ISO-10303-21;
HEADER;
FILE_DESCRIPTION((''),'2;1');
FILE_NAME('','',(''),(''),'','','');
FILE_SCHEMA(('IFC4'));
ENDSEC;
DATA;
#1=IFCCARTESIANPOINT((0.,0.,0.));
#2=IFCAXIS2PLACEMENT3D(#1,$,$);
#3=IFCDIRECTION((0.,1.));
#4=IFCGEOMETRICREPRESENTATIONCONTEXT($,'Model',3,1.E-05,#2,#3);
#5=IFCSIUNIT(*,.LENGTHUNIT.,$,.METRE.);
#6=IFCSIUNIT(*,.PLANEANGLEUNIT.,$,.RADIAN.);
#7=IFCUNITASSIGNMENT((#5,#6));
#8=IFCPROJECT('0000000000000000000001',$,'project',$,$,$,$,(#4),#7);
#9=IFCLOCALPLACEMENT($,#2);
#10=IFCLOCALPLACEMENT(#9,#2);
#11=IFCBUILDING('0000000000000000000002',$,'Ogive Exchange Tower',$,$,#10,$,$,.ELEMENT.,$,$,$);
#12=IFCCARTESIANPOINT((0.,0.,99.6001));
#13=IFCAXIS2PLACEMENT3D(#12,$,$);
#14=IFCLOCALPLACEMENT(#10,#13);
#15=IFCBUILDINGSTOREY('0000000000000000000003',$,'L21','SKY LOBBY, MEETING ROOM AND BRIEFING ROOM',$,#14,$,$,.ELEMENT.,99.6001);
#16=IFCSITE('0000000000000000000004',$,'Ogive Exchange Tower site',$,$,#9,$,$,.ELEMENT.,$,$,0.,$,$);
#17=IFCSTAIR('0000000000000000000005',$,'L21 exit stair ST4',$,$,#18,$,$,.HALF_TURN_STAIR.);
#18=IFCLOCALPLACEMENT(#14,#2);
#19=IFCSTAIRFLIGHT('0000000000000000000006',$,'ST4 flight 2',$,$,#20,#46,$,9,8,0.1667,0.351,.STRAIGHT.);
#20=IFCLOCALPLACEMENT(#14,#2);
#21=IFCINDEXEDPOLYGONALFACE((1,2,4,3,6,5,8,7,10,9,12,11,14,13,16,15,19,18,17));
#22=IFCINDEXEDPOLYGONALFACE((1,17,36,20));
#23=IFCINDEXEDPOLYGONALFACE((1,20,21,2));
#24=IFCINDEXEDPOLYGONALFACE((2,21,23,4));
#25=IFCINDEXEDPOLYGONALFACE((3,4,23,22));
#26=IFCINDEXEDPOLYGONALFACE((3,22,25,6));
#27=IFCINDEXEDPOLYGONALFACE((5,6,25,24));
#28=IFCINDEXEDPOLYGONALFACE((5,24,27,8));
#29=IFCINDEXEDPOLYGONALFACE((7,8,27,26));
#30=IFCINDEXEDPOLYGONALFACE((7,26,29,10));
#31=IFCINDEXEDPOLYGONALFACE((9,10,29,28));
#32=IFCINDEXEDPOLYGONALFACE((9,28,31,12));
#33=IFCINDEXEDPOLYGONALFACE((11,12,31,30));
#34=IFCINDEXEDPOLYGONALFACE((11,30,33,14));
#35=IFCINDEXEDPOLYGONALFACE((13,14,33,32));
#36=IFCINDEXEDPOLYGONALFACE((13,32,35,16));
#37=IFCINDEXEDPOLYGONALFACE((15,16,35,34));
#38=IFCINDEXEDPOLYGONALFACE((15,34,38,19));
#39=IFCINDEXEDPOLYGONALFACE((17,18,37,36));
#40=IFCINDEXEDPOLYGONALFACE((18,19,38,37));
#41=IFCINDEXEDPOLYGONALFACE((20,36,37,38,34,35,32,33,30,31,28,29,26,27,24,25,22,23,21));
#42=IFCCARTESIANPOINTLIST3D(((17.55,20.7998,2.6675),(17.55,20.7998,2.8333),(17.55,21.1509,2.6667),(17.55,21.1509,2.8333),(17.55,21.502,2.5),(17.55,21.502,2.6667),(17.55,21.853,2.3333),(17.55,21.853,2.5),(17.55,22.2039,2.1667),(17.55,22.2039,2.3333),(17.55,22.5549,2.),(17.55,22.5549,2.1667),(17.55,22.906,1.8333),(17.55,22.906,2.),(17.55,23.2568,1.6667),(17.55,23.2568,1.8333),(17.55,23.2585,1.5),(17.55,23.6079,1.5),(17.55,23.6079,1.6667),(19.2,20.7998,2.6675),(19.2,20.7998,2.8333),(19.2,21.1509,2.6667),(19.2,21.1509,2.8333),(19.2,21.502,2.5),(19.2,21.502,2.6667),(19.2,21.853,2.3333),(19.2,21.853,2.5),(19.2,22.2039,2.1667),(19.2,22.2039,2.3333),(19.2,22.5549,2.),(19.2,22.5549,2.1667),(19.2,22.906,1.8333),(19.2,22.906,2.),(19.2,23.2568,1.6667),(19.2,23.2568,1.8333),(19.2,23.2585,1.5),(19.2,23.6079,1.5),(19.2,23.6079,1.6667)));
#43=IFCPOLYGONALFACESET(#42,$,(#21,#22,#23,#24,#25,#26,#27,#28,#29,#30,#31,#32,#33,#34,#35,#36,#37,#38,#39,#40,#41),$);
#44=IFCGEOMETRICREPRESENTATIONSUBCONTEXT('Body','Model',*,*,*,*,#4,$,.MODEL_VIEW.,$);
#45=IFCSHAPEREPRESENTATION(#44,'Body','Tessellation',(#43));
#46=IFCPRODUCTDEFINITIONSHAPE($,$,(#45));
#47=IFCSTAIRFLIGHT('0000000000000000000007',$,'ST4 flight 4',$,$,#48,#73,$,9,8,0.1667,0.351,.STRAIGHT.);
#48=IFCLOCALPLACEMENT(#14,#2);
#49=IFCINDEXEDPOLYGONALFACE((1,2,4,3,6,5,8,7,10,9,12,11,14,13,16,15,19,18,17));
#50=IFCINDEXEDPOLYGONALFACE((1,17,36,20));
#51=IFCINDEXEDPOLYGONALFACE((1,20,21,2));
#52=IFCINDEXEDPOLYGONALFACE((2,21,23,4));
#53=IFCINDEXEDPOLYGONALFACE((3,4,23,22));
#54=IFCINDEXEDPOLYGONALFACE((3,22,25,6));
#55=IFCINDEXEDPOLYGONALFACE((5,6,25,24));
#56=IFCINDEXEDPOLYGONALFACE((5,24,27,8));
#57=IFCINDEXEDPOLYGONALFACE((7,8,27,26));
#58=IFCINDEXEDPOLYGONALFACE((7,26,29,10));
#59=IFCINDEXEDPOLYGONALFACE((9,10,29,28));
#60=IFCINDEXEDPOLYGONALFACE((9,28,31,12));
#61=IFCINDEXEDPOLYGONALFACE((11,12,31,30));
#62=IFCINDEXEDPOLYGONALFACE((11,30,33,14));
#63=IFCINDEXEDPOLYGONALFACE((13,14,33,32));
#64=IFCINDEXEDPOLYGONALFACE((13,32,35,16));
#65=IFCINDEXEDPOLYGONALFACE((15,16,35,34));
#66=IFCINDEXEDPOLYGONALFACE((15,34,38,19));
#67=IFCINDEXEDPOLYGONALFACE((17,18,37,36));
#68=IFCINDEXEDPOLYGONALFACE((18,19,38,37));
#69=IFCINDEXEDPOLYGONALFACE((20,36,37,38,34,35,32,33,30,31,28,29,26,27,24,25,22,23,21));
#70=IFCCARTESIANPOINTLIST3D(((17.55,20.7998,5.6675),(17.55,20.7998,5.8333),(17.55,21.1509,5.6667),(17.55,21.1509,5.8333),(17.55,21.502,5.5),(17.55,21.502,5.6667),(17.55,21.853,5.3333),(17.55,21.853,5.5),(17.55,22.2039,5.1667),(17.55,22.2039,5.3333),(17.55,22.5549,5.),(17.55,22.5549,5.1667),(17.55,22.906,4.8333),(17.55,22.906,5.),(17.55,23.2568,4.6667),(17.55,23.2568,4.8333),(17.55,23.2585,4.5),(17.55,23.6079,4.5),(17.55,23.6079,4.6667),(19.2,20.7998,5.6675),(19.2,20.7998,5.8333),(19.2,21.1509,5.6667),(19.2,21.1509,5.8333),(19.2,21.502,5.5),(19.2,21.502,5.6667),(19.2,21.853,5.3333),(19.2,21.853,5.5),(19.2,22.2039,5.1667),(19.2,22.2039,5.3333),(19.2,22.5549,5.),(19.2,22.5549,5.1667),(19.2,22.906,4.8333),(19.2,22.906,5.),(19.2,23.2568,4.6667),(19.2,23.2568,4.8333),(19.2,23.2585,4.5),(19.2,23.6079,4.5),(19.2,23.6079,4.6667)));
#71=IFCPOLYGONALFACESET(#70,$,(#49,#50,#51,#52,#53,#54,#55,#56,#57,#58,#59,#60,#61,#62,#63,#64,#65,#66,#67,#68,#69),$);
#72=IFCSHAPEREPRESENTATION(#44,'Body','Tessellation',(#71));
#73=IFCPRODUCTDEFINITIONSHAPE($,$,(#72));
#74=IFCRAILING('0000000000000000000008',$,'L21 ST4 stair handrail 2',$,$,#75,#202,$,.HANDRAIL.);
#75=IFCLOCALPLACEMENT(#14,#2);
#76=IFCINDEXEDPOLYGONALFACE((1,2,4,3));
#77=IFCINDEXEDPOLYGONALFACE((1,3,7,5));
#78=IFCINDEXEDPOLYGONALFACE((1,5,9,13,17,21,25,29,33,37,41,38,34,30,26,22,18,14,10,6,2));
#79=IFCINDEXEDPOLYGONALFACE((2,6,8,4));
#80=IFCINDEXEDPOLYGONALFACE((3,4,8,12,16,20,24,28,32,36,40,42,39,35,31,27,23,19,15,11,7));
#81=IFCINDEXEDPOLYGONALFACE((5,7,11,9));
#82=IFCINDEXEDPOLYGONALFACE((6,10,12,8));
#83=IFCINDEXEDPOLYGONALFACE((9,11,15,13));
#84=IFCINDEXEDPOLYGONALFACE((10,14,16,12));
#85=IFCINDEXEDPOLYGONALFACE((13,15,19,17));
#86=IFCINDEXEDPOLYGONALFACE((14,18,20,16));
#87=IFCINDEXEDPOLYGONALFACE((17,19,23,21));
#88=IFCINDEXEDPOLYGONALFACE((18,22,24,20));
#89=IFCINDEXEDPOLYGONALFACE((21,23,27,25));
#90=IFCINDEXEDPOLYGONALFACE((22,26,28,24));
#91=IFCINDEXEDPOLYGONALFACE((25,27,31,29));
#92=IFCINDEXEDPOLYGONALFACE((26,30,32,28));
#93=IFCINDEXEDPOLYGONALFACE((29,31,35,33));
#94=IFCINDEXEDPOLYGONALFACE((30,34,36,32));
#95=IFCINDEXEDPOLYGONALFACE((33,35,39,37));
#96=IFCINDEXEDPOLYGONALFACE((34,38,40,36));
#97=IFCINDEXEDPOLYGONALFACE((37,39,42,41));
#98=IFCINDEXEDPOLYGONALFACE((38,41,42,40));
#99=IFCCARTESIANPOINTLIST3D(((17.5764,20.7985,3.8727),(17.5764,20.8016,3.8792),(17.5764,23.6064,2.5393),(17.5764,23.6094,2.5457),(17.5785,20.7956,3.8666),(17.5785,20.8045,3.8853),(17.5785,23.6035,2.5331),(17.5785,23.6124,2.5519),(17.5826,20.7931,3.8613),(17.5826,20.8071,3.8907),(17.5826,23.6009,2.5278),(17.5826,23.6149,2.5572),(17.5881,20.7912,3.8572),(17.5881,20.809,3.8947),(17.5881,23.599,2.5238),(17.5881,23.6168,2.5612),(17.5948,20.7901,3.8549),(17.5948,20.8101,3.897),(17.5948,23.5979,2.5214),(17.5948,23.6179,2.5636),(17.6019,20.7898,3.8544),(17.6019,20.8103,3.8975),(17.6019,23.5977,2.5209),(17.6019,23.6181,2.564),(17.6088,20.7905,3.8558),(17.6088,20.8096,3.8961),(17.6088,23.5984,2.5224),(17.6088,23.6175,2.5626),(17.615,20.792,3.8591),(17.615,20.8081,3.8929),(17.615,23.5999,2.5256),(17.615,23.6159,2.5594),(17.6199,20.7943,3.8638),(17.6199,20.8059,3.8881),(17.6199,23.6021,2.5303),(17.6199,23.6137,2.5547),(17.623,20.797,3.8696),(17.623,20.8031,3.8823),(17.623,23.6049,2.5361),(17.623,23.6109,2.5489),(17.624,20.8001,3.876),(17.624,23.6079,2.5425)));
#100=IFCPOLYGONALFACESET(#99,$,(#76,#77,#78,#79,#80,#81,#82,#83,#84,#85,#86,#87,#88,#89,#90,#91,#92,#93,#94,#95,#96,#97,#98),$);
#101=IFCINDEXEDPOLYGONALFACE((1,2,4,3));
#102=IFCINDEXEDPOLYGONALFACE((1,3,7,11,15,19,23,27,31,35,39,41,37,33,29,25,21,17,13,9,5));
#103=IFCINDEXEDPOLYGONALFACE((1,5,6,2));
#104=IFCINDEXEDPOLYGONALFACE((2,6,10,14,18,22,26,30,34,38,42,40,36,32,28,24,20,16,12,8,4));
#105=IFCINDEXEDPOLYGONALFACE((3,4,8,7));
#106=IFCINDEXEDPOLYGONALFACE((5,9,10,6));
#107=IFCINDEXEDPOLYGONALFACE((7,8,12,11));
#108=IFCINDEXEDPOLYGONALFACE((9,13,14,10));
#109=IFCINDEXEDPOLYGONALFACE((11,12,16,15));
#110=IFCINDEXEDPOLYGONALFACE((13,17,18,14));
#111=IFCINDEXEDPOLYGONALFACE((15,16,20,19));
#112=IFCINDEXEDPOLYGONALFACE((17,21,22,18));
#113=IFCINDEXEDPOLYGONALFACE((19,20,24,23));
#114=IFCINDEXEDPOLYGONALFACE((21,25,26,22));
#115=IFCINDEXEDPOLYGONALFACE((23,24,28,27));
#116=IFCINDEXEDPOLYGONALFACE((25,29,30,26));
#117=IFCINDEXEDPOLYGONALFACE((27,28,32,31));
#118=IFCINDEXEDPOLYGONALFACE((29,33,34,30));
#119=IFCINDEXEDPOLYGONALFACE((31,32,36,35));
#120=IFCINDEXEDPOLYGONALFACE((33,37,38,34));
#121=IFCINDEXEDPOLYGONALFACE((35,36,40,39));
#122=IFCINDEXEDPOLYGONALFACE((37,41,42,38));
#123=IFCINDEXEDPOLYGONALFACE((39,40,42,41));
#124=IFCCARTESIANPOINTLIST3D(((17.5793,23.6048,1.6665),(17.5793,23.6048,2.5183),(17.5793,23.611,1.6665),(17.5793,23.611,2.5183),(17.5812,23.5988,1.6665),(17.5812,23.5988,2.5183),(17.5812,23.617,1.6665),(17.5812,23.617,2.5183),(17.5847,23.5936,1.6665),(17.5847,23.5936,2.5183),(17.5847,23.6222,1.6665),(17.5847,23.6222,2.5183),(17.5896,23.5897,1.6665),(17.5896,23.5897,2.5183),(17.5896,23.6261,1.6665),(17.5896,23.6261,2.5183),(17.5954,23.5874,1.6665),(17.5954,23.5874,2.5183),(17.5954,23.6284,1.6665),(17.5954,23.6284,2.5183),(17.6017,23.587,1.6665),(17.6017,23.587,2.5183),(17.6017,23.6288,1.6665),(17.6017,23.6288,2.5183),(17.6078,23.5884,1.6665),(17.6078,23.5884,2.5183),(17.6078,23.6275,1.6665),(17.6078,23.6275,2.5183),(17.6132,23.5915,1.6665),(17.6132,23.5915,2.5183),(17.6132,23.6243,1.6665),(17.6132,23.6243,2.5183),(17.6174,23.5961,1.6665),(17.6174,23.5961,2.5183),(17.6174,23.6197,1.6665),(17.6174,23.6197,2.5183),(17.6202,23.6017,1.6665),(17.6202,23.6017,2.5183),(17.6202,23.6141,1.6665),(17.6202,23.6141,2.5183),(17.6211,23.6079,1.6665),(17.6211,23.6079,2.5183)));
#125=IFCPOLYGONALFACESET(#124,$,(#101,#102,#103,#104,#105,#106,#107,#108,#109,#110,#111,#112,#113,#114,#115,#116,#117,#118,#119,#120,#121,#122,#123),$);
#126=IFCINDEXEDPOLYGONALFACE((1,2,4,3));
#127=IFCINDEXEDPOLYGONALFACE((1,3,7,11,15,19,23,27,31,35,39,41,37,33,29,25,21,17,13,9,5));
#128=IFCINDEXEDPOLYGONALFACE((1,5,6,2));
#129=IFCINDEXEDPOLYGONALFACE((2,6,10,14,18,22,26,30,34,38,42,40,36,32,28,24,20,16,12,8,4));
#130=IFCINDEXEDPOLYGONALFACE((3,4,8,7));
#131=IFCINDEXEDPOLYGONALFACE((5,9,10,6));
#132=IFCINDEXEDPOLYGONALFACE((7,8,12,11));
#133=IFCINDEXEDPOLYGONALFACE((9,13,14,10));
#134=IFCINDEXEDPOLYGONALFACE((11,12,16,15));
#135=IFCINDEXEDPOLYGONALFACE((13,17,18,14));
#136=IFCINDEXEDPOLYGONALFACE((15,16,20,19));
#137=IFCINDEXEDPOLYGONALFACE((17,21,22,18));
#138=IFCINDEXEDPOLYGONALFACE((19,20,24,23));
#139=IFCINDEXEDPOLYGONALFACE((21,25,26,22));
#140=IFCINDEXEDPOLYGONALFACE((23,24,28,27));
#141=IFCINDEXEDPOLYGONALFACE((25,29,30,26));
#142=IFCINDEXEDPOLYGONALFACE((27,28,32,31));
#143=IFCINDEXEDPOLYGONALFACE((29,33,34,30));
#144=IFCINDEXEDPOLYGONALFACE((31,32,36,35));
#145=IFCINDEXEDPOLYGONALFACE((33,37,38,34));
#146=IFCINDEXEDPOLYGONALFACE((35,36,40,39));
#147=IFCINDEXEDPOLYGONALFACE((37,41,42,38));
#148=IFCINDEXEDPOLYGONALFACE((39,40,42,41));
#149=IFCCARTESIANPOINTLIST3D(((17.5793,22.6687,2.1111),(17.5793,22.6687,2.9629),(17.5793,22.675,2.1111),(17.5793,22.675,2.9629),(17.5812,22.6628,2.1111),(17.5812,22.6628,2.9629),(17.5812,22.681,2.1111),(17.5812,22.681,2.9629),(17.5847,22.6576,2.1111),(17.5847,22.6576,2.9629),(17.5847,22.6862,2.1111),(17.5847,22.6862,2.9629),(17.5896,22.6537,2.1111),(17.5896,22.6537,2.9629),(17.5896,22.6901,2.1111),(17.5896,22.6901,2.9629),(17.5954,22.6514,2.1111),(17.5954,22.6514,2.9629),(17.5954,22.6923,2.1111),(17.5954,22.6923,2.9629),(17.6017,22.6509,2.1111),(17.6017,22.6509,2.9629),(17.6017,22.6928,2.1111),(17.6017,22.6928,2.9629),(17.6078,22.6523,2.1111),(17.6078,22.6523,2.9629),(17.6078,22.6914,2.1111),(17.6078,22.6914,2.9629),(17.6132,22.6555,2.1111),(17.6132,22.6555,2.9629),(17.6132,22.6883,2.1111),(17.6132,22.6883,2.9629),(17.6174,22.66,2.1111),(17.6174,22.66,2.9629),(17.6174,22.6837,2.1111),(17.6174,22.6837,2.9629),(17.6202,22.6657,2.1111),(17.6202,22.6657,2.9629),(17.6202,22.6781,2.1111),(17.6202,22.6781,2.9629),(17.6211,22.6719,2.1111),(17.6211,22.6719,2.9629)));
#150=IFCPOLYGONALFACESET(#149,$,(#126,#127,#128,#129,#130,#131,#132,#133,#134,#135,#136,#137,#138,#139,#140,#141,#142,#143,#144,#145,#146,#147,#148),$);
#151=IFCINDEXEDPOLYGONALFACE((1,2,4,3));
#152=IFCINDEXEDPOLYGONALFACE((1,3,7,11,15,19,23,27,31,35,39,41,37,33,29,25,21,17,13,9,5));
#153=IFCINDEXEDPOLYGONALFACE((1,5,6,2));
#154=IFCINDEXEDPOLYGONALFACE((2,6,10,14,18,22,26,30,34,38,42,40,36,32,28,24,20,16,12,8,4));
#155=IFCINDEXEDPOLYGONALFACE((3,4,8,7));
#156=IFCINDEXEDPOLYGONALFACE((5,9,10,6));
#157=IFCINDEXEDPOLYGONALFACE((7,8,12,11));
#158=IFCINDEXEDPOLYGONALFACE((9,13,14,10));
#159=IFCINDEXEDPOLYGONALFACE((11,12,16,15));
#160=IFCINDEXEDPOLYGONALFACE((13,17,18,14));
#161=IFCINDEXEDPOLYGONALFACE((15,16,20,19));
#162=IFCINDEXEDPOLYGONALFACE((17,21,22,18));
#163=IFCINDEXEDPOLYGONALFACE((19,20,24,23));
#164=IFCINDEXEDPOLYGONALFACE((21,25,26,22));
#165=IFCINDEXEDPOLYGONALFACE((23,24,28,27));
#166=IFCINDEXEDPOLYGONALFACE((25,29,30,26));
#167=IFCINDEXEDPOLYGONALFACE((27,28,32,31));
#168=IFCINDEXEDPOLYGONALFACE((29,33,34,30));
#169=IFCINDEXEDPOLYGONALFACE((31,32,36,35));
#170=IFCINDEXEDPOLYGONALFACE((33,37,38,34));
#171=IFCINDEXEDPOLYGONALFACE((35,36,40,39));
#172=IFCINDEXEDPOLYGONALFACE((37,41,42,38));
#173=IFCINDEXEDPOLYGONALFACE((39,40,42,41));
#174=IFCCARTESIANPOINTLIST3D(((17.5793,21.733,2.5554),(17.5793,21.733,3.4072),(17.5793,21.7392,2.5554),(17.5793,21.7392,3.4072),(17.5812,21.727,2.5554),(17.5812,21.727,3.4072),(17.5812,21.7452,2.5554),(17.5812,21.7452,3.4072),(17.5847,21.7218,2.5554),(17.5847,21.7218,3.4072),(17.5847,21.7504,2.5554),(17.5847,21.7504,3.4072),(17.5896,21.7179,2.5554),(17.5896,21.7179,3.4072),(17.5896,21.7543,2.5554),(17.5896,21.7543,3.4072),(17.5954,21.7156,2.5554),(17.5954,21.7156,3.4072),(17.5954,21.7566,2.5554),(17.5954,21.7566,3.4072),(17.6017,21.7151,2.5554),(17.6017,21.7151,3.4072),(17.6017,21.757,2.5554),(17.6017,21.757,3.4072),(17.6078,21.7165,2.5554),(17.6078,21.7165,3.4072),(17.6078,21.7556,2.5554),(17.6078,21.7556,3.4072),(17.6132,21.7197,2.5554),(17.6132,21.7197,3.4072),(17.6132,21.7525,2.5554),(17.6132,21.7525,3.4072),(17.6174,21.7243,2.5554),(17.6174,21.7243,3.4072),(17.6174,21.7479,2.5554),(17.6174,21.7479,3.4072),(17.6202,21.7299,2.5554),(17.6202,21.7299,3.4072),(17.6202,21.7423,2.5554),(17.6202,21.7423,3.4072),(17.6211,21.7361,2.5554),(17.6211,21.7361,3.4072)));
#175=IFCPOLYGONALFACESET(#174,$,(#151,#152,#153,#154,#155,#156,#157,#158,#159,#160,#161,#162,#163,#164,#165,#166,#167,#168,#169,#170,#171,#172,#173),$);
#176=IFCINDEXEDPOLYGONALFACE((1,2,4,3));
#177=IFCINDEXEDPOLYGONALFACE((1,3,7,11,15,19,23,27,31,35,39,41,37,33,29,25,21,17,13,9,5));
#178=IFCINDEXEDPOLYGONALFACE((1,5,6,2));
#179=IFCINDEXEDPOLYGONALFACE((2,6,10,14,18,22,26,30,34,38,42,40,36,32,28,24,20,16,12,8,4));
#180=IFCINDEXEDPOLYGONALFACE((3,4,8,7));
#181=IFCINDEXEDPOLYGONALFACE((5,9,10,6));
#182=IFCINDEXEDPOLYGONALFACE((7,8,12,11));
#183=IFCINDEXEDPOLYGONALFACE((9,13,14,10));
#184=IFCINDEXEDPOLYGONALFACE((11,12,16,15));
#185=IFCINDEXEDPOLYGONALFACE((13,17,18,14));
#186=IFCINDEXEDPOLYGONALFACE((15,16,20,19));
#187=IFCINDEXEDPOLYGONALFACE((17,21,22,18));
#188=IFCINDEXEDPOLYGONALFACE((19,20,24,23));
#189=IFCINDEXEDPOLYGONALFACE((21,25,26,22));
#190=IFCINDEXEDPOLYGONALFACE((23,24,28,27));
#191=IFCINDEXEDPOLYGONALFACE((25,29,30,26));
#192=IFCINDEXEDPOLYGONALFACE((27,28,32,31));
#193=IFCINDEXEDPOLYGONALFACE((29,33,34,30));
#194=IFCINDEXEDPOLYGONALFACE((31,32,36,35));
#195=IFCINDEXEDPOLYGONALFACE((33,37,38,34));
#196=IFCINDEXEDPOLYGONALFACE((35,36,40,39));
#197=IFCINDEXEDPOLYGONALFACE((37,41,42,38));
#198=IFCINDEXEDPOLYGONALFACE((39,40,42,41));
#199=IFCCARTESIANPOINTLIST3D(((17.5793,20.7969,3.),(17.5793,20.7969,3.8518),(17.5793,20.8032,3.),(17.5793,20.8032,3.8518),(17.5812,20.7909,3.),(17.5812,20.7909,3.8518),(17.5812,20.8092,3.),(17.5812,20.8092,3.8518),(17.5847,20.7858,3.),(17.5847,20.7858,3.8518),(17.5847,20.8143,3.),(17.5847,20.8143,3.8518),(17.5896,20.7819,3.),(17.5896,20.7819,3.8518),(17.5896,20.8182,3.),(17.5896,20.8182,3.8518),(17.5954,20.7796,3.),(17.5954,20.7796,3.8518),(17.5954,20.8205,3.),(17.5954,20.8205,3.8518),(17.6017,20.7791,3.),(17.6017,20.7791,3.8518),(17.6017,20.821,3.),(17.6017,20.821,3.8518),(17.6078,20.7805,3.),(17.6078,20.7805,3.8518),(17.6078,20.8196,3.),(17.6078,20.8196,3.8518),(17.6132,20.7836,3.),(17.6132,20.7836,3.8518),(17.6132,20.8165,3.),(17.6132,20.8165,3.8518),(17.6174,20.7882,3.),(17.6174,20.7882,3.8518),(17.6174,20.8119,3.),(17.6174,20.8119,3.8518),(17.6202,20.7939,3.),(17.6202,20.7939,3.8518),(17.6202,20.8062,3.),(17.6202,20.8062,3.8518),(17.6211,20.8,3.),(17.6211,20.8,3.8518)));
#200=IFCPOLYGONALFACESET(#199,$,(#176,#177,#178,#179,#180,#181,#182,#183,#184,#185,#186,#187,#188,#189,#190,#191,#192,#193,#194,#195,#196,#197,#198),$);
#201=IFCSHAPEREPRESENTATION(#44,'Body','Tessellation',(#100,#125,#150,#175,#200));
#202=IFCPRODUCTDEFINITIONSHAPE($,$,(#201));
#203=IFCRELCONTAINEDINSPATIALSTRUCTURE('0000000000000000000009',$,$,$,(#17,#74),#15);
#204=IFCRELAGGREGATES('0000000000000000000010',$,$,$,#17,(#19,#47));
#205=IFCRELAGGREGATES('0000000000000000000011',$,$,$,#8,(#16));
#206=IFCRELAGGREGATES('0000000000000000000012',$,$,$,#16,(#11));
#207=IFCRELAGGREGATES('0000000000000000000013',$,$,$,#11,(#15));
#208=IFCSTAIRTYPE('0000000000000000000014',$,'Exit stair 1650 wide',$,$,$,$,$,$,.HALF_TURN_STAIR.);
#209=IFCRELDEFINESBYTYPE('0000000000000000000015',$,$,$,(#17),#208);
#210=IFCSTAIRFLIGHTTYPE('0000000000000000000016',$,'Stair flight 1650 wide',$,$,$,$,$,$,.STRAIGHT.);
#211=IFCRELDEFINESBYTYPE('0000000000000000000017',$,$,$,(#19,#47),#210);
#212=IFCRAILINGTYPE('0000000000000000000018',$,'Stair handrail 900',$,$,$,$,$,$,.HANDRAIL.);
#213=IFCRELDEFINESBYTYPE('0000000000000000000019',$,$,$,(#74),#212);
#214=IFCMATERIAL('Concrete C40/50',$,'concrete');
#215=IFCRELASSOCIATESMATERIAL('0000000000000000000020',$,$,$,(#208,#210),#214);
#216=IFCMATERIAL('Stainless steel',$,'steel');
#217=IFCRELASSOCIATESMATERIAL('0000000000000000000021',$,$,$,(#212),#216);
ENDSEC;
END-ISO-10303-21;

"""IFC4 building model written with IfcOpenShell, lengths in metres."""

from ifc_helpers import new_model, si_unit, direction, frame, origin, origin_2d, place, context, subcontext, project, spatial, polyline, circle, outline, extrude, material, type_object, element, aggregate, save


model = new_model("IFC4")

# Units and contexts
model_context = context("Model", 3, precision=1e-05, world=origin(), true_north=direction((0.0, 1.0)))
body_context = subcontext(model_context, "Body", "Model", "MODEL_VIEW")
ifc_project = project(units=[si_unit("LENGTHUNIT", "METRE"), si_unit("PLANEANGLEUNIT", "RADIAN")], contexts=[model_context])

# Site, building, storey
site_placement = place(None, origin())
site = spatial("IfcSite", under=ifc_project, at=site_placement, Name="Ogive Exchange Tower site", CompositionType="ELEMENT", RefElevation=0.0)
building_placement = place(site_placement, origin())
building = spatial("IfcBuilding", under=site, at=building_placement, Name="Ogive Exchange Tower", CompositionType="ELEMENT")
storey_placement = place(building_placement, frame((0.0, 0.0, 99.6001)))
storey = spatial("IfcBuildingStorey", under=building, at=storey_placement, Name="L21", Description="SKY LOBBY, MEETING ROOM AND BRIEFING ROOM", CompositionType="ELEMENT", Elevation=99.6001)

# Stair, stair flights
ifc_material_1 = material(Name="Concrete C40/50", Category="concrete")
stair_type = type_object("IfcStairType", Name="Exit stair 1650 wide", PredefinedType="HALF_TURN_STAIR", material=ifc_material_1)
stair_placement = place(storey_placement, origin())
stair = element("IfcStair", 1, at=stair_placement, inside=storey, type_object=stair_type, Name="L21 exit stair ST4", PredefinedType="HALF_TURN_STAIR")
stair_flight_type = type_object("IfcStairFlightType", Name="Stair flight 1650 wide", PredefinedType="STRAIGHT", material=ifc_material_1)
stair_flight_1_placement = place(storey_placement, frame((18.375, 23.6079, 1.5), z_axis=(0.0, 0.0, 1.0), x_axis=(0.0, -1.0, 0.0)))
stair_flight_1 = element("IfcStairFlight", 2, at=stair_flight_1_placement, type_object=stair_flight_type, Name="ST4 flight 2", NumberOfRisers=9, NumberOfTreads=8, PredefinedType="STRAIGHT", RiserHeight=0.1667, TreadLength=0.351, context=body_context, shape_type="SweptSolid", body=[
    extrude(outline(polyline([(0.0, 0.0), (0.0, 0.1667), (0.3511, 0.1667), (0.3511, 0.3333), (0.7019, 0.3333), (0.7019, 0.5), (1.053, 0.5), (1.053, 0.6667), (1.4041, 0.6667), (1.4041, 0.8333), (1.7549, 0.8333), (1.7549, 1.0), (2.106, 1.0), (2.106, 1.1667), (2.457, 1.1667), (2.457, 1.3333), (2.8081, 1.3333), (2.8081, 1.5), (2.8081, 1.1675), (0.3494, 0.0), (0.0, 0.0)])), frame((0.0, 0.825, 0.0), z_axis=(0.0, -1.0, 0.0), x_axis=(1.0, 0.0, 0.0)), (0.0, 0.0, 1.0), 1.6499),
])
stair_flight_2_placement = place(storey_placement, frame((18.375, 23.6079, 4.5), z_axis=(0.0, 0.0, 1.0), x_axis=(0.0, -1.0, 0.0)))
stair_flight_2 = element("IfcStairFlight", 3, at=stair_flight_2_placement, type_object=stair_flight_type, Name="ST4 flight 4", NumberOfRisers=9, NumberOfTreads=8, PredefinedType="STRAIGHT", RiserHeight=0.1667, TreadLength=0.351, context=body_context, shape_type="SweptSolid", body=[
    extrude(outline(polyline([(0.0, 0.0), (0.0, 0.1667), (0.3511, 0.1667), (0.3511, 0.3333), (0.7019, 0.3333), (0.7019, 0.5), (1.053, 0.5), (1.053, 0.6667), (1.4041, 0.6667), (1.4041, 0.8333), (1.7549, 0.8333), (1.7549, 1.0), (2.106, 1.0), (2.106, 1.1667), (2.457, 1.1667), (2.457, 1.3333), (2.8081, 1.3333), (2.8081, 1.5), (2.8081, 1.1675), (0.3494, 0.0), (0.0, 0.0)])), frame((0.0, 0.825, 0.0), z_axis=(0.0, -1.0, 0.0), x_axis=(1.0, 0.0, 0.0)), (0.0, 0.0, 1.0), 1.6499),
])
aggregate(stair, [stair_flight_1, stair_flight_2])

# Railing
ifc_material_2 = material(Name="Stainless steel", Category="steel")
railing_type = type_object("IfcRailingType", Name="Stair handrail 900", PredefinedType="HANDRAIL", material=ifc_material_2)
for number, where, name in (
    (4, (17.6001, 23.6079, 1.6665), "L21 ST4 stair handrail 2"),
):
    element("IfcRailing", number, at=place(storey_placement, frame(where)), inside=storey, type_object=railing_type, Name=name, PredefinedType="HANDRAIL", context=body_context, shape_type="SweptSolid", body=[
        extrude(circle(Radius=0.0239, at=origin_2d()), frame((0.0, 0.0, 0.876), z_axis=(0.0, -0.903307, 0.428994), x_axis=(1.0, 0.0, 0.0)), (0.0, 0.0, 1.0), 3.1084),
        extrude(circle(Radius=0.021, at=origin_2d()), origin(), (0.0, 0.0, 1.0), 0.8518),
        extrude(circle(Radius=0.021, at=origin_2d()), frame((0.0, -0.936, 0.4446)), (0.0, 0.0, 1.0), 0.8518),
        extrude(circle(Radius=0.021, at=origin_2d()), frame((0.0, -1.8718, 0.8889)), (0.0, 0.0, 1.0), 0.8518),
        extrude(circle(Radius=0.021, at=origin_2d()), frame((0.0, -2.8079, 1.3335)), (0.0, 0.0, 1.0), 0.8518),
    ])

save(model, "model.ifc")
